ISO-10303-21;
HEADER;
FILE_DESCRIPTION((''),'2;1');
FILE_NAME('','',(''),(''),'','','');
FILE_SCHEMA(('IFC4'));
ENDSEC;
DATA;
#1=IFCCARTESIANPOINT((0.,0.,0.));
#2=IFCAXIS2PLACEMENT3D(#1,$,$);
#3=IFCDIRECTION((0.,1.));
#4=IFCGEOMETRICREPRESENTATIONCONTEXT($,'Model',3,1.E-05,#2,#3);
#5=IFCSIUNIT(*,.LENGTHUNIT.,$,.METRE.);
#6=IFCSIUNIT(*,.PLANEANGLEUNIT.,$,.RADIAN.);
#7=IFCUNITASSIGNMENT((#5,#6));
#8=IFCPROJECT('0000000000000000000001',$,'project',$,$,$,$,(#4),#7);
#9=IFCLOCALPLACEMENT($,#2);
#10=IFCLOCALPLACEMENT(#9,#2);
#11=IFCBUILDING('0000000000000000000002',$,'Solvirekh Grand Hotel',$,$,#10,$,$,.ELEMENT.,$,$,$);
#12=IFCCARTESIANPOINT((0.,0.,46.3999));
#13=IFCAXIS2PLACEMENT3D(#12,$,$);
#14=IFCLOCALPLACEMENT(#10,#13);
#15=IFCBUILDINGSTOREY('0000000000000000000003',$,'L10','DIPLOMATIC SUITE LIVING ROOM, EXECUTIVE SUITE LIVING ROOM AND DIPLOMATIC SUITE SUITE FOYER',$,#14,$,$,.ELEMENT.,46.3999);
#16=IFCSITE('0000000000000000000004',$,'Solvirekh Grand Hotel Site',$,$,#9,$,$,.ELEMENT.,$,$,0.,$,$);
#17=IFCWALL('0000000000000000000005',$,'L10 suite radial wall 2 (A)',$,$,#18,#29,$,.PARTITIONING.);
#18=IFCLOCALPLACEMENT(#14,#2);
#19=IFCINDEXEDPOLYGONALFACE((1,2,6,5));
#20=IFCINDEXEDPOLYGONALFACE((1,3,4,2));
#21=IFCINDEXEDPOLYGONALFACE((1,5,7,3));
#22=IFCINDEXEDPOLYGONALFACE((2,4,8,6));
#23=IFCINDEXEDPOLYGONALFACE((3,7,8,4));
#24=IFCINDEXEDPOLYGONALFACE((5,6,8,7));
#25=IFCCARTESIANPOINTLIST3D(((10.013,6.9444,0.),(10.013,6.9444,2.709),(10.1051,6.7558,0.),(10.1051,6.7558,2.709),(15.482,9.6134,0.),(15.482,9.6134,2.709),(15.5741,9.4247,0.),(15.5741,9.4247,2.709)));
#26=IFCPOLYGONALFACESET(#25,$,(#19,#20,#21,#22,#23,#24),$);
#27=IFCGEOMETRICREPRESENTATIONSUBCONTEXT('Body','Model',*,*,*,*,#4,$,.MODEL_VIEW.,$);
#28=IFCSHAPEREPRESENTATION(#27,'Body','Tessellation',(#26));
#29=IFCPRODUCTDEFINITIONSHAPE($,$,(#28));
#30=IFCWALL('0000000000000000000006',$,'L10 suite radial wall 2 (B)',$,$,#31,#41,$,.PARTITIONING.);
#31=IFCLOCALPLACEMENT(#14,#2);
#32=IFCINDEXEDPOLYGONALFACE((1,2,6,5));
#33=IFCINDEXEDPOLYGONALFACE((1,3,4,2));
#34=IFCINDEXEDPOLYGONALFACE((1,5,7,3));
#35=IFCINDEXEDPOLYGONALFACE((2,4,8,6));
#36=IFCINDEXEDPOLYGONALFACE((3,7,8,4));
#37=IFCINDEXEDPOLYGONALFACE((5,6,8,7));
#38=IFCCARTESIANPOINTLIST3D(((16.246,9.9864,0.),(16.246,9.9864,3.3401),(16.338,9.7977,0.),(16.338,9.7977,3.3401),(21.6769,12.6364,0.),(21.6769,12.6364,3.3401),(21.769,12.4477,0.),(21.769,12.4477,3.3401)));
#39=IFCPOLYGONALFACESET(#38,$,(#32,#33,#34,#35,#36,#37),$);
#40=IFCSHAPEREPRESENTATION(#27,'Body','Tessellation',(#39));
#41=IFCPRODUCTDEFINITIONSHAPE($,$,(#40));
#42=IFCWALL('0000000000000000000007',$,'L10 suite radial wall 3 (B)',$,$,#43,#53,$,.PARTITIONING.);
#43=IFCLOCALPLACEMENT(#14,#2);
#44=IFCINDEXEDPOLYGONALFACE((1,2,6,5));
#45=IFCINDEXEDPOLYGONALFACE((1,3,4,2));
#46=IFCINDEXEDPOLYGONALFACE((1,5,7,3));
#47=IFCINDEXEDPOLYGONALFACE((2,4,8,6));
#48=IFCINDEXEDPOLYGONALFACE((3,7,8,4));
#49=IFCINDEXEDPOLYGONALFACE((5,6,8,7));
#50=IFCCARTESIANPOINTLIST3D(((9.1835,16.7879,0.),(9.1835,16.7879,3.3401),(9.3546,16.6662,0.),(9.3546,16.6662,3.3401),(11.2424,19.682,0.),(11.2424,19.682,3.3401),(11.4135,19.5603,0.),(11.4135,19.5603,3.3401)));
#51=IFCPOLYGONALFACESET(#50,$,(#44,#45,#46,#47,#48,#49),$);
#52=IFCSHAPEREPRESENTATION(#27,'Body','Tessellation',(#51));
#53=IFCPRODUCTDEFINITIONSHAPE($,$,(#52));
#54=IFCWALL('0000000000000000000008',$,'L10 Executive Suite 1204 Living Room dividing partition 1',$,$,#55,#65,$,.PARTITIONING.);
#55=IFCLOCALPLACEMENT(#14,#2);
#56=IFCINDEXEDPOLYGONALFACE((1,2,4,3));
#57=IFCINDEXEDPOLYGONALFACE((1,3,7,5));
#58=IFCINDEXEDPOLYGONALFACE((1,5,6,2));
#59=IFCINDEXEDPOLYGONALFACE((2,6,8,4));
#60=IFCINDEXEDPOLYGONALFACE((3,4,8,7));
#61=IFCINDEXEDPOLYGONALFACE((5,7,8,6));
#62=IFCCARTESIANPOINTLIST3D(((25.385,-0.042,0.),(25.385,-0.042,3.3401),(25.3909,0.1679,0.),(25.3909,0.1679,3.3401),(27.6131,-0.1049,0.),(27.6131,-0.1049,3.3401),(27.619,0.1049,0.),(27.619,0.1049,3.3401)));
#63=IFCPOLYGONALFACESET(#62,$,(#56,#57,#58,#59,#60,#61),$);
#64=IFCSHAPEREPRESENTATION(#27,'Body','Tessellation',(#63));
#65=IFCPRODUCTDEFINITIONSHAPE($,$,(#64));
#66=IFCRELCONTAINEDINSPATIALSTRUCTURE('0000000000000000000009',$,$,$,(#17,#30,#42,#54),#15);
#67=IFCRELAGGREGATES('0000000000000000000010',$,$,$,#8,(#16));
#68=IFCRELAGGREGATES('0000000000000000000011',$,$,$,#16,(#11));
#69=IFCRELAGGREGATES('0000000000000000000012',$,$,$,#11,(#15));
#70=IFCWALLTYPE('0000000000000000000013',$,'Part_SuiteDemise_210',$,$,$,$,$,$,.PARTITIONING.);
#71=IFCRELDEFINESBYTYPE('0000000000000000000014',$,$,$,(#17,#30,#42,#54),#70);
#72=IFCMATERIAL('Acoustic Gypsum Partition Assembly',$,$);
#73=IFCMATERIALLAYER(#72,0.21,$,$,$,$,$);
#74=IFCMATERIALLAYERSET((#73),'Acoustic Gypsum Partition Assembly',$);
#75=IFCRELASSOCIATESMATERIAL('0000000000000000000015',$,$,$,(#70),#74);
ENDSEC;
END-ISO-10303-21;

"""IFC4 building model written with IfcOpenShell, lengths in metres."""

from ifc_helpers import new_model, si_unit, direction, frame, frame_2d, origin, place, context, subcontext, project, spatial, rectangle, extrude, material, layer, layer_set, type_object, element, save


model = new_model("IFC4")

# Units and contexts
model_context = context("Model", 3, precision=1e-05, world=origin(), true_north=direction((0.0, 1.0)))
body_context = subcontext(model_context, "Body", "Model", "MODEL_VIEW")
ifc_project = project(units=[si_unit("LENGTHUNIT", "METRE"), si_unit("PLANEANGLEUNIT", "RADIAN")], contexts=[model_context])

# Site, building, storey
site_placement = place(None, origin())
site = spatial("IfcSite", under=ifc_project, at=site_placement, Name="Solvirekh Grand Hotel Site", CompositionType="ELEMENT", RefElevation=0.0)
building_placement = place(site_placement, origin())
building = spatial("IfcBuilding", under=site, at=building_placement, Name="Solvirekh Grand Hotel", CompositionType="ELEMENT")
storey_placement = place(building_placement, frame((0.0, 0.0, 46.3999)))
storey = spatial("IfcBuildingStorey", under=building, at=storey_placement, Name="L10", Description="DIPLOMATIC SUITE LIVING ROOM, EXECUTIVE SUITE LIVING ROOM AND DIPLOMATIC SUITE SUITE FOYER", CompositionType="ELEMENT", Elevation=46.3999)

# Shared definitions
ifc_material_1 = material(Name="Acoustic Gypsum Partition Assembly")

# Walls
ifc_layer_1 = layer(ifc_material_1, 0.21)
ifc_layer_set_1 = layer_set([ifc_layer_1], Name="Acoustic Gypsum Partition Assembly")
wall_type_1 = type_object("IfcWallType", Name="Part_SuiteDemise_210", PredefinedType="PARTITIONING", material=ifc_layer_set_1)
wall_1_placement = place(storey_placement, frame((10.0591, 6.8501, 0.0), z_axis=(0.0, 0.0, 1.0), x_axis=(0.898694, 0.438575, 0.0)))
element("IfcWall", 1, at=wall_1_placement, inside=storey, type_object=wall_type_1, Name="L10 suite radial wall 2 (A)", PredefinedType="PARTITIONING", context=body_context, shape_type="SweptSolid", body=[
    extrude(rectangle(XDim=6.0854, YDim=0.21, at=frame_2d((3.0427, 0.0))), origin(), (0.0, 0.0, 1.0), 2.709),
])
wall_2_placement = place(storey_placement, frame((16.292, 9.8921, 0.0), z_axis=(0.0, 0.0, 1.0), x_axis=(0.898724, 0.438514, 0.0)))
element("IfcWall", 2, at=wall_2_placement, inside=storey, type_object=wall_type_1, Name="L10 suite radial wall 2 (B)", PredefinedType="PARTITIONING", context=body_context, shape_type="SweptSolid", body=[
    extrude(rectangle(XDim=6.043, YDim=0.21, at=frame_2d((3.0215, 0.0))), origin(), (0.0, 0.0, 1.0), 3.3401),
])
wall_3_placement = place(storey_placement, frame((9.269, 16.7271, 0.0), z_axis=(0.0, 0.0, 1.0), x_axis=(0.579683, 0.814842, 0.0)))
element("IfcWall", 3, at=wall_3_placement, inside=storey, type_object=wall_type_1, Name="L10 suite radial wall 3 (B)", PredefinedType="PARTITIONING", context=body_context, shape_type="SweptSolid", body=[
    extrude(rectangle(XDim=3.5518, YDim=0.21, at=frame_2d((1.7759, 0.0))), origin(), (0.0, 0.0, 1.0), 3.3401),
])
wall_4_placement = place(storey_placement, frame((25.3879, 0.063, 0.0), z_axis=(0.0, 0.0, 1.0), x_axis=(0.999601, -0.02826, 0.0)))
element("IfcWall", 4, at=wall_4_placement, inside=storey, type_object=wall_type_1, Name="L10 Executive Suite 1204 Living Room dividing partition 1", PredefinedType="PARTITIONING", context=body_context, shape_type="SweptSolid", body=[
    extrude(rectangle(XDim=2.229, YDim=0.21, at=frame_2d((1.1145, 0.0))), origin(), (0.0, 0.0, 1.0), 3.3401),
])

save(model, "model.ifc")
